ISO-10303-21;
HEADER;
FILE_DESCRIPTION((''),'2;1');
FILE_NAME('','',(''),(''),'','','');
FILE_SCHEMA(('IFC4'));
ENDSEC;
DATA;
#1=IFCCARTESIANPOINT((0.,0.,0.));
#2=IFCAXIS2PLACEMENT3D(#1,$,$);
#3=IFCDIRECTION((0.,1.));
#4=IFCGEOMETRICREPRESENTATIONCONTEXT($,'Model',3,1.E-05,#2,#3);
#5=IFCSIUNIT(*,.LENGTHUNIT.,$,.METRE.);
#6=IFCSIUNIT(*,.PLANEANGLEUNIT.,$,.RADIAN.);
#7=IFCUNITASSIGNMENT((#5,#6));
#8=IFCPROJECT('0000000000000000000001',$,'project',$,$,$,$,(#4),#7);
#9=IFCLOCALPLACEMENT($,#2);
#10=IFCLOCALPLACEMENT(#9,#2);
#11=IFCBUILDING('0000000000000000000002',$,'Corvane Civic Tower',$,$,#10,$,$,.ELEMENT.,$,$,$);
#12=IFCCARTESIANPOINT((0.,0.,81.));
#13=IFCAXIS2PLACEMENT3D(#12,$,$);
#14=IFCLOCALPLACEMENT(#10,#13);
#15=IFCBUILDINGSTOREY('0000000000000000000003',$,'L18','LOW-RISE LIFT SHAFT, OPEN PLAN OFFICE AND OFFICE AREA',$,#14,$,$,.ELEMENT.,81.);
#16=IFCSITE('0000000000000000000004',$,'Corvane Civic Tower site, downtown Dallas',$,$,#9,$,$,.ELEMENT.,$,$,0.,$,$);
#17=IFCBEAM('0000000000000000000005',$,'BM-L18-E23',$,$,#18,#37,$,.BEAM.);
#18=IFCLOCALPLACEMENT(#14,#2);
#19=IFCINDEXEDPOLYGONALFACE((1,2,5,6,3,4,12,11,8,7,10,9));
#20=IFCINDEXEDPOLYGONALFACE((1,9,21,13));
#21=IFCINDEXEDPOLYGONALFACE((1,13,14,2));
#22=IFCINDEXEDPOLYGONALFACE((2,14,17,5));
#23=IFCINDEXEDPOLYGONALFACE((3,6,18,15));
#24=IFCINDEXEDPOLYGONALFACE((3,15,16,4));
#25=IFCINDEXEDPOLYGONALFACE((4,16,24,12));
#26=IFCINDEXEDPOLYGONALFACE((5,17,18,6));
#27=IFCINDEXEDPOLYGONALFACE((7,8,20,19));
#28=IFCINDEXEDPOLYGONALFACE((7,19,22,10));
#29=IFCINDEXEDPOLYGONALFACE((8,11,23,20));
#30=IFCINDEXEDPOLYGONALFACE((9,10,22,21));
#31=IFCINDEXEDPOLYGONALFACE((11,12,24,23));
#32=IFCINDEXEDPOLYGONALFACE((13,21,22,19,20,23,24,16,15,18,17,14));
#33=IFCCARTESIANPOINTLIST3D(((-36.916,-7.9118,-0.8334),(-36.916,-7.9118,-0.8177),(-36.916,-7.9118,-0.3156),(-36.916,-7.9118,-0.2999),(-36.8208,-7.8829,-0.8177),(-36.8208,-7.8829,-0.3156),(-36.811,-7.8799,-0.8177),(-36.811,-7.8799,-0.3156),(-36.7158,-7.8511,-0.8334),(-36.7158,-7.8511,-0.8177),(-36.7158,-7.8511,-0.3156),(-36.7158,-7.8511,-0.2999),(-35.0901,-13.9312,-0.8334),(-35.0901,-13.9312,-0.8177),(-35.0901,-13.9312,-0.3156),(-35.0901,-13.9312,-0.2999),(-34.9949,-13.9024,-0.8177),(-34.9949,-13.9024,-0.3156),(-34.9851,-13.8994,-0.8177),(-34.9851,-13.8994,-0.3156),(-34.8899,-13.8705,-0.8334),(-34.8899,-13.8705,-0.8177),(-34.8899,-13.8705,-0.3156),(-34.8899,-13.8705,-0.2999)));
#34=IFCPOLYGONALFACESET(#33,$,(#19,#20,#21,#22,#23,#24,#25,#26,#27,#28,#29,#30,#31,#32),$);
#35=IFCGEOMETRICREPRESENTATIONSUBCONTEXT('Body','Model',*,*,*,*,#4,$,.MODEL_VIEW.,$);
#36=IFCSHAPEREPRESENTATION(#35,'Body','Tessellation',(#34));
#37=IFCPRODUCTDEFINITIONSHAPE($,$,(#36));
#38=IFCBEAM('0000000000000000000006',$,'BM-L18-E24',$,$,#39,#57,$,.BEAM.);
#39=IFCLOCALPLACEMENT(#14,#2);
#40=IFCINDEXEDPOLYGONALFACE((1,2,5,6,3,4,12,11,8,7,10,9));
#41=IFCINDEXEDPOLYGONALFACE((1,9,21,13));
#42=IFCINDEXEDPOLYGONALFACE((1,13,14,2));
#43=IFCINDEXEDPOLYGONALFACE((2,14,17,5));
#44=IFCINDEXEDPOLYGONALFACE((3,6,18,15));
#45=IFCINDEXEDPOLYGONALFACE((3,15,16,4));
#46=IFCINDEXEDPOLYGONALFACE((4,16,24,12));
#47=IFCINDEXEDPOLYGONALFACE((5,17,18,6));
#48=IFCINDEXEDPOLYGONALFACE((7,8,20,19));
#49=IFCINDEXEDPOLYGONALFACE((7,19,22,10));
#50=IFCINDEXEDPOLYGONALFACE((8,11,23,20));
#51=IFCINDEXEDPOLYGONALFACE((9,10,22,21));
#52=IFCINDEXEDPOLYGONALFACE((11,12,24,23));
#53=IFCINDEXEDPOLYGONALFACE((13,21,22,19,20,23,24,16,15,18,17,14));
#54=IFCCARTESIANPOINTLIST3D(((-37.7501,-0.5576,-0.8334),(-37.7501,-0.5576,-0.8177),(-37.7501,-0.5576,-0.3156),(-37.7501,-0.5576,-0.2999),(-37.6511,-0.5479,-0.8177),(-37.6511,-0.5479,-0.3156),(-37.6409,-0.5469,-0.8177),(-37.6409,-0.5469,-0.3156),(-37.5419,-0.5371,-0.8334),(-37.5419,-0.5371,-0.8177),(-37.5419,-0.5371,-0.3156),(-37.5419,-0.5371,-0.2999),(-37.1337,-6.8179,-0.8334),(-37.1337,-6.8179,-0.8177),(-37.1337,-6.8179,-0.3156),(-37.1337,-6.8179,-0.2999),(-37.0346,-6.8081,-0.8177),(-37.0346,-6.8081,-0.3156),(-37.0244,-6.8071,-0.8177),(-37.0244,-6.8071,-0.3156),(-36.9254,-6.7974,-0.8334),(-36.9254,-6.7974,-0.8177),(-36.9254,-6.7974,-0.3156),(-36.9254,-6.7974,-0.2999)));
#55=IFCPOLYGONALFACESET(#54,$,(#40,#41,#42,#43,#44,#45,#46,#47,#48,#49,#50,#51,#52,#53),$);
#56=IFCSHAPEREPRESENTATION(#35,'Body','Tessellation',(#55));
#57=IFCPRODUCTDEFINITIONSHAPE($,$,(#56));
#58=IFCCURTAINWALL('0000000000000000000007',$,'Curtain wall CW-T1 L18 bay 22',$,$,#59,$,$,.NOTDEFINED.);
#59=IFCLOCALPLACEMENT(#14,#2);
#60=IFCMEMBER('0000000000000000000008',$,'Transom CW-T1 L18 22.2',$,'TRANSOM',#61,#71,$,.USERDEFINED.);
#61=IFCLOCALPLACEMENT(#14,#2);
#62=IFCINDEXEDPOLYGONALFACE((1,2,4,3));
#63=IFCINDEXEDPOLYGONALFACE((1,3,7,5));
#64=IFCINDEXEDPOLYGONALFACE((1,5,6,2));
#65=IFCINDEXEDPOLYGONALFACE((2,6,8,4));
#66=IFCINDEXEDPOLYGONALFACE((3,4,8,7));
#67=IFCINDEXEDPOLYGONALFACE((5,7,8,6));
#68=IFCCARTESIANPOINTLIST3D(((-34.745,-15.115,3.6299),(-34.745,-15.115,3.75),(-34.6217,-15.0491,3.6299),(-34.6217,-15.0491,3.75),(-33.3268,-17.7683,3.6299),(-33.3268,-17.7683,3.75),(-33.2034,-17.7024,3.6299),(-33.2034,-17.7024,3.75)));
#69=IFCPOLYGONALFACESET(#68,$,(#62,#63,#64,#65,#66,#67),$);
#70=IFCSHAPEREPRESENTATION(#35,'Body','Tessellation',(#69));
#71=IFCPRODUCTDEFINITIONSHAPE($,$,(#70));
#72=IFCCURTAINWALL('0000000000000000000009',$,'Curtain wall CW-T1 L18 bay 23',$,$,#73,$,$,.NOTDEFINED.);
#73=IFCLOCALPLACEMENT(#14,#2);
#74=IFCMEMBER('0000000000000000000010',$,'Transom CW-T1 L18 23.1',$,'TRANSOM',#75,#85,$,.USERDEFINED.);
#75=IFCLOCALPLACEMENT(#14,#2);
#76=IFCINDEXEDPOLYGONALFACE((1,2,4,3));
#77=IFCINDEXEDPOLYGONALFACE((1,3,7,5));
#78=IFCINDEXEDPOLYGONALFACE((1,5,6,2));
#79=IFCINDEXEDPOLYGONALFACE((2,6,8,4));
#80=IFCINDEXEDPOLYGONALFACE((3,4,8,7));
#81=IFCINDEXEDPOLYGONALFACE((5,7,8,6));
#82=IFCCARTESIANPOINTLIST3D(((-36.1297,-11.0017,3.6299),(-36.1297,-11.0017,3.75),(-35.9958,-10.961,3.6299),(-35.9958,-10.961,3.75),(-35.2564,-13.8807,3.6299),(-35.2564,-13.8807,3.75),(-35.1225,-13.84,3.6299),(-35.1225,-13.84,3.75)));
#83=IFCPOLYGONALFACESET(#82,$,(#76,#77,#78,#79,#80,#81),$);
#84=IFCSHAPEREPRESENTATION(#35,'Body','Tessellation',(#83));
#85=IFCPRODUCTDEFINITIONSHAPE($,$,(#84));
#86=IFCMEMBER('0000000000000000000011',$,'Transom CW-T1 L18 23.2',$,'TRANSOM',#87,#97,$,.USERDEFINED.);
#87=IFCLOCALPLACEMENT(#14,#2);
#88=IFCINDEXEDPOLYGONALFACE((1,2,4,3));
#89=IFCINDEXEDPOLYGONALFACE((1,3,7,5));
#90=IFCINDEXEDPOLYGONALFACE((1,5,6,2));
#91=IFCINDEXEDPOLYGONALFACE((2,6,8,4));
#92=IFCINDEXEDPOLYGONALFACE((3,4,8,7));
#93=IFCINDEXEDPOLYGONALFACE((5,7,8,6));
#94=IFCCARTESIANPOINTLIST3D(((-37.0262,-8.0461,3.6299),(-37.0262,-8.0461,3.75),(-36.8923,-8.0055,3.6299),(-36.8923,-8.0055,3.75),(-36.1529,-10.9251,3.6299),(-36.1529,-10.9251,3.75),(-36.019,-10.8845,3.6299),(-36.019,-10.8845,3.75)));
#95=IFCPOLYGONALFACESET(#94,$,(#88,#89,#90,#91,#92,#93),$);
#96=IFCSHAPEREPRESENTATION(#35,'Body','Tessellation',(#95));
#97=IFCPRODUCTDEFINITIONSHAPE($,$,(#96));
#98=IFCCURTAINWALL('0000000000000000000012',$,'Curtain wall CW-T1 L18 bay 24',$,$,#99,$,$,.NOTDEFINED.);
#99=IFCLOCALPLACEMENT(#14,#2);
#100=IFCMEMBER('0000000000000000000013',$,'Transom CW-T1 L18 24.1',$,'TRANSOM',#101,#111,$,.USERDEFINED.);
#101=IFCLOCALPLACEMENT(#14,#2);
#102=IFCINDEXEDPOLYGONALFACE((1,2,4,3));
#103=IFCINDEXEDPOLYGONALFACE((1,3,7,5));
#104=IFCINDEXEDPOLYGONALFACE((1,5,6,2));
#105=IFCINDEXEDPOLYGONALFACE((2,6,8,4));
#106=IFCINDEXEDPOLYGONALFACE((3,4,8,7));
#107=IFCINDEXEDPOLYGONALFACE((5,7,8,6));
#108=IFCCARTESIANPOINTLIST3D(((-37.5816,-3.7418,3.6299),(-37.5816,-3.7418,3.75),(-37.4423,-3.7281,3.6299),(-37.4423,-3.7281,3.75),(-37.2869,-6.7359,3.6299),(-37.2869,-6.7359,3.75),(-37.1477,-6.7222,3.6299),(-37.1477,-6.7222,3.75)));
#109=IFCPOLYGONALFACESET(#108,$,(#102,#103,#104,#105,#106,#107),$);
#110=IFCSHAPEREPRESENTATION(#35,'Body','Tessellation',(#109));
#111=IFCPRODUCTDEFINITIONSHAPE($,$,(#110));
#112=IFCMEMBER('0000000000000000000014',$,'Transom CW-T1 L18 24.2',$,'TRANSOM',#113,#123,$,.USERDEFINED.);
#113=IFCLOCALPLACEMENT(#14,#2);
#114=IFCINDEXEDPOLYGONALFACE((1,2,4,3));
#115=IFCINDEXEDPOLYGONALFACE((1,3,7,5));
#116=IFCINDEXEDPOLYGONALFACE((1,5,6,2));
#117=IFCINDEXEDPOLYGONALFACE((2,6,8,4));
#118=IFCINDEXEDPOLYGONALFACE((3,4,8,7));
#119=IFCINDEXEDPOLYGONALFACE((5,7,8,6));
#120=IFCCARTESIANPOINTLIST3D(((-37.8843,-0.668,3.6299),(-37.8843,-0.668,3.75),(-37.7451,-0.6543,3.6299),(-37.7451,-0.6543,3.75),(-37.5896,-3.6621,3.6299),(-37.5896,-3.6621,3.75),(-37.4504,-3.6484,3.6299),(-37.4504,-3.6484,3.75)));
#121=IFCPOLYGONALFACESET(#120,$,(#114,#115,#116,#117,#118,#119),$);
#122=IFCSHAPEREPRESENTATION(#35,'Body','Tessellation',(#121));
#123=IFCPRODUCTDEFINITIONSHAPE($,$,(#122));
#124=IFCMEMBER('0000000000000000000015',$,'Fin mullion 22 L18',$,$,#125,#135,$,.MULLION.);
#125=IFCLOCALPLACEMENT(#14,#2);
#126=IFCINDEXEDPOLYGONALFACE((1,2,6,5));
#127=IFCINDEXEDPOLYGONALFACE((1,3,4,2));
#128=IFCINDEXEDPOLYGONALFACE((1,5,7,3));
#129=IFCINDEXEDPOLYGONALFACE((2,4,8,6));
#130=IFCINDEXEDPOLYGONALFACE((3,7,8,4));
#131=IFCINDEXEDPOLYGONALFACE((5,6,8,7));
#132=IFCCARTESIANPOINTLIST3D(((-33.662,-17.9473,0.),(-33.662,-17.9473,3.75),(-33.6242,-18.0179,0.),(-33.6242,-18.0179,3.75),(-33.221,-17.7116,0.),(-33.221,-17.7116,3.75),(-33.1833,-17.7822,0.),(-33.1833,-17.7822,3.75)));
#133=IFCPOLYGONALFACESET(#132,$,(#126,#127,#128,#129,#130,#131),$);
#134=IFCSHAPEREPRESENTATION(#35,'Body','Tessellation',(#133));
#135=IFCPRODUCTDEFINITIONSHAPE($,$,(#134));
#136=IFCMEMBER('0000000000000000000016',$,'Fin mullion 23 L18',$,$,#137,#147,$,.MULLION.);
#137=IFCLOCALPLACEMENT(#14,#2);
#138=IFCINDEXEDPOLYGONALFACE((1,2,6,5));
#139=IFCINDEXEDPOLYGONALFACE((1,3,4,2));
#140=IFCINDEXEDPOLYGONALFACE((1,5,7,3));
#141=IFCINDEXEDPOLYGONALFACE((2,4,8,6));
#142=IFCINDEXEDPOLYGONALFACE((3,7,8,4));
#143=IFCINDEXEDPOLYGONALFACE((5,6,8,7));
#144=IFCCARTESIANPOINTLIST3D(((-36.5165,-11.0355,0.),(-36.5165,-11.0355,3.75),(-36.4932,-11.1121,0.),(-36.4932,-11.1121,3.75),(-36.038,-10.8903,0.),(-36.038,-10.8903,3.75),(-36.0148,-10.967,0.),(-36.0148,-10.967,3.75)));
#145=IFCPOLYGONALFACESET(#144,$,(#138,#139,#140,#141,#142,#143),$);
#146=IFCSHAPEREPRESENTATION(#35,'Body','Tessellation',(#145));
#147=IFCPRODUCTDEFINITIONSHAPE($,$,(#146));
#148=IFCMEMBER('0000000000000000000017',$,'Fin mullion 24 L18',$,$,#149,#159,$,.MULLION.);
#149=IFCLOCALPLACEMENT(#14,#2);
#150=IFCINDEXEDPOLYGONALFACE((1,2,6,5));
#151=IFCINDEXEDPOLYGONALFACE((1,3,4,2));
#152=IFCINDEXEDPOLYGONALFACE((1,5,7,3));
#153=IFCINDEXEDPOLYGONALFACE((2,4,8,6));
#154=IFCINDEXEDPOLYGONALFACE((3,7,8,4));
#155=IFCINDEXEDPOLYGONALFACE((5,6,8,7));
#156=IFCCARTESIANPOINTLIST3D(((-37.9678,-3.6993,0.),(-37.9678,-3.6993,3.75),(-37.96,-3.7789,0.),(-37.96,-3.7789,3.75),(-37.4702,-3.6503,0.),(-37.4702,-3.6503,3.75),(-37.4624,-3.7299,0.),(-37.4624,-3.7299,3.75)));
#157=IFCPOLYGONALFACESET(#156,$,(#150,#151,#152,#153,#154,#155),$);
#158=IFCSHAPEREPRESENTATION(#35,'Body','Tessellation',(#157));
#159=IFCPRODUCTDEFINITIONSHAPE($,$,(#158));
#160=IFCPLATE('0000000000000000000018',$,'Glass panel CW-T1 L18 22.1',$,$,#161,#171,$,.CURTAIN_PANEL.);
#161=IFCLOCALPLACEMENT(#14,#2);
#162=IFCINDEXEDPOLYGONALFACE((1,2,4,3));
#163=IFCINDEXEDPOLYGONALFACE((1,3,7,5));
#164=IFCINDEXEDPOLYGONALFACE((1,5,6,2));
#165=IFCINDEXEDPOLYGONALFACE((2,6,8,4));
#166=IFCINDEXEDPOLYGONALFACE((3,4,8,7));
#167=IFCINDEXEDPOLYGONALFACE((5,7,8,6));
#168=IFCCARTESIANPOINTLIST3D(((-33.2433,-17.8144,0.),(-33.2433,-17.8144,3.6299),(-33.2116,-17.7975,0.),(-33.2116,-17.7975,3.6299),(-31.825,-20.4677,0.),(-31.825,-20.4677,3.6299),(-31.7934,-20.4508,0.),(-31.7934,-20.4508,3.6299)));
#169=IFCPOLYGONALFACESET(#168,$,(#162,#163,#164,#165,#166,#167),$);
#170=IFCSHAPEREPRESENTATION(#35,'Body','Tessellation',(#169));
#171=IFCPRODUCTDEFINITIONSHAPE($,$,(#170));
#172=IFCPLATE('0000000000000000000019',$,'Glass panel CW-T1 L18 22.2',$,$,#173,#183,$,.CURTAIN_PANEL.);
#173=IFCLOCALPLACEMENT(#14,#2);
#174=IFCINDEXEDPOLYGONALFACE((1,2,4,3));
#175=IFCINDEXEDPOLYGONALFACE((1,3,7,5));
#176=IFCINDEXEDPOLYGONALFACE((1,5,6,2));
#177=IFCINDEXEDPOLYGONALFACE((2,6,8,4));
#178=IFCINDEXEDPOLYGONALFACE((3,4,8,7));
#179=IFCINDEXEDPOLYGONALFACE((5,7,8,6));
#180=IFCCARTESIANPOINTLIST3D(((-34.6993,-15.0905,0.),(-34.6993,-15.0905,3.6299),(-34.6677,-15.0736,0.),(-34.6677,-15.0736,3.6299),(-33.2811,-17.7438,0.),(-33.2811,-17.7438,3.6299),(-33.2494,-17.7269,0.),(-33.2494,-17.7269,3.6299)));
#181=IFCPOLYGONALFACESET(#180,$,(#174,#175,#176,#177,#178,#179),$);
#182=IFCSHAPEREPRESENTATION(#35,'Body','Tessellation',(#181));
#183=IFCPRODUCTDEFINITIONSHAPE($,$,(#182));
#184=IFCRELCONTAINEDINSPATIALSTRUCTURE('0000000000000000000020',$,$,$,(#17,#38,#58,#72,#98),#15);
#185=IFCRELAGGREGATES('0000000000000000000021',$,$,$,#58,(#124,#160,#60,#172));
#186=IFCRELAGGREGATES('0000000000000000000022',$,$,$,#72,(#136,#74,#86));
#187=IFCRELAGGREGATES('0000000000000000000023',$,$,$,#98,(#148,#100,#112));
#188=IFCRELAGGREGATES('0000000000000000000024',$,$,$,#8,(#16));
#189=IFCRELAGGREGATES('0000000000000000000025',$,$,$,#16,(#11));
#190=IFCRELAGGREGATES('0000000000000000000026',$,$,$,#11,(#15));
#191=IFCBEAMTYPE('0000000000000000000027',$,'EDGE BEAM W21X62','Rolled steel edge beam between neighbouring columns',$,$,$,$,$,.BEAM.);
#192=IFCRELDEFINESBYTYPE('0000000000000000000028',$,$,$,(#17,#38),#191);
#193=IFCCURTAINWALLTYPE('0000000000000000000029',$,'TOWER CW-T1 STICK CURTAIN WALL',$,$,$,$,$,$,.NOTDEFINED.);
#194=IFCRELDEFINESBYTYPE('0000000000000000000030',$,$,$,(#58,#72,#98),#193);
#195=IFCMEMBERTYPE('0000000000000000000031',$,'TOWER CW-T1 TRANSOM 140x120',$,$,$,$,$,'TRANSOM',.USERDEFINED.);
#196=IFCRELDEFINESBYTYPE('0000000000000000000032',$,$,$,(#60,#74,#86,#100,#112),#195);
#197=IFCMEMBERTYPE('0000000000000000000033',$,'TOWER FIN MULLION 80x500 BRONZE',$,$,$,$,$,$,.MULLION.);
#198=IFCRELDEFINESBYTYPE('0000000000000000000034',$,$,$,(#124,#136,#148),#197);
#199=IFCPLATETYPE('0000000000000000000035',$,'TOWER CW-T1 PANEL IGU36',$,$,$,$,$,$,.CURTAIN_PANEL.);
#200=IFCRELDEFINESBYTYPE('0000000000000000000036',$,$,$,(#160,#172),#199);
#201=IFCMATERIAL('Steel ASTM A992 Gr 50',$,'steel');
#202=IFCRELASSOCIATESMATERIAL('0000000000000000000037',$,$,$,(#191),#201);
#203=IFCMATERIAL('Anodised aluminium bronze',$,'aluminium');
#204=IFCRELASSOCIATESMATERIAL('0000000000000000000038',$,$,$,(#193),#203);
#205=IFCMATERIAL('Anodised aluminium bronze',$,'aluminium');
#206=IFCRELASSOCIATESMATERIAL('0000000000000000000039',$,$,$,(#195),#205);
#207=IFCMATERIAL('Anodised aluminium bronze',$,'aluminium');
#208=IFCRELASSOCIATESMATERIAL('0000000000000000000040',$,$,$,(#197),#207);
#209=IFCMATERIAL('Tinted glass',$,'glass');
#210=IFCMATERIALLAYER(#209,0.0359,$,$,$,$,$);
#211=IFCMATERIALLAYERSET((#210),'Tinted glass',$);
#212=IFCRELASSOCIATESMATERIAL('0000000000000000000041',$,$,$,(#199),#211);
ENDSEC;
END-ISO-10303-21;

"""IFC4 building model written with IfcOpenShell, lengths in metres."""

from ifc_helpers import new_model, si_unit, direction, frame, origin, origin_2d, place, context, subcontext, project, spatial, rectangle, i_section, extrude, material, layer, layer_set, material_profile, profile_set, type_object, element, aggregate, save


model = new_model("IFC4")

# Units and contexts
model_context = context("Model", 3, precision=1e-05, world=origin(), true_north=direction((0.0, 1.0)))
body_context = subcontext(model_context, "Body", "Model", "MODEL_VIEW")
ifc_project = project(units=[si_unit("LENGTHUNIT", "METRE"), si_unit("PLANEANGLEUNIT", "RADIAN")], contexts=[model_context])

# Site, building, storey
site_placement = place(None, origin())
site = spatial("IfcSite", under=ifc_project, at=site_placement, Name="Corvane Civic Tower site, downtown Dallas", CompositionType="ELEMENT", RefElevation=0.0)
building_placement = place(site_placement, origin())
building = spatial("IfcBuilding", under=site, at=building_placement, Name="Corvane Civic Tower", CompositionType="ELEMENT")
storey_placement = place(building_placement, frame((0.0, 0.0, 81.0)))
storey = spatial("IfcBuildingStorey", under=building, at=storey_placement, Name="L18", Description="LOW-RISE LIFT SHAFT, OPEN PLAN OFFICE AND OFFICE AREA", CompositionType="ELEMENT", Elevation=81.0)

# Beams
ifc_material_1 = material(Name="Steel ASTM A992 Gr 50", Category="steel")
ifc_material_profile_1 = material_profile(ifc_material_1, i_section(OverallWidth=0.2092, OverallDepth=0.5334, WebThickness=0.0103, FlangeThickness=0.0156, at=origin_2d()), Name="W21X62")
ifc_profile_set_1 = profile_set([ifc_material_profile_1], Name="Steel ASTM A992 Gr 50")
beam_type = type_object("IfcBeamType", Name="EDGE BEAM W21X62", Description="Rolled steel edge beam between neighbouring columns", PredefinedType="BEAM", material=ifc_profile_set_1)
beam_1_placement = place(storey_placement, frame((-34.99, -13.9009, -0.5667), z_axis=(-0.290273, 0.956944, 0.0), x_axis=(-0.956944, -0.290273, 0.0)))
element("IfcBeam", 1, at=beam_1_placement, inside=storey, type_object=beam_type, Name="BM-L18-E23", PredefinedType="BEAM", context=body_context, shape_type="SweptSolid", body=[
    extrude(i_section(OverallWidth=0.2092, OverallDepth=0.5334, WebThickness=0.0103, FlangeThickness=0.0156, at=origin_2d()), origin(), (0.0, 0.0, 1.0), 6.2903),
])
beam_2_placement = place(storey_placement, frame((-37.0295, -6.8076, -0.5667), z_axis=(-0.097997, 0.995187, 0.0), x_axis=(-0.995187, -0.097997, 0.0)))
element("IfcBeam", 2, at=beam_2_placement, inside=storey, type_object=beam_type, Name="BM-L18-E24", PredefinedType="BEAM", context=body_context, shape_type="SweptSolid", body=[
    extrude(i_section(OverallWidth=0.2092, OverallDepth=0.5334, WebThickness=0.0103, FlangeThickness=0.0156, at=origin_2d()), origin(), (0.0, 0.0, 1.0), 6.2905),
])

# Curtain wall, member
ifc_material_2 = material(Name="Anodised aluminium bronze", Category="aluminium")
curtain_wall_type = type_object("IfcCurtainWallType", Name="TOWER CW-T1 STICK CURTAIN WALL", PredefinedType="NOTDEFINED", material=ifc_material_2)
curtain_wall_1_placement = place(storey_placement, origin())
curtain_wall_1 = element("IfcCurtainWall", 3, at=curtain_wall_1_placement, inside=storey, type_object=curtain_wall_type, Name="Curtain wall CW-T1 L18 bay 22", PredefinedType="NOTDEFINED")
ifc_material_3 = material(Name="Anodised aluminium bronze", Category="aluminium")
ifc_material_profile_2 = material_profile(ifc_material_3, rectangle(XDim=0.1399, YDim=0.1201, at=origin_2d()), Name="TOWER CW-T1 TRANSOM 140x120")
ifc_profile_set_2 = profile_set([ifc_material_profile_2], Name="Anodised aluminium bronze")
member_type_1 = type_object("IfcMemberType", Name="TOWER CW-T1 TRANSOM 140x120", ElementType="TRANSOM", PredefinedType="USERDEFINED", material=ifc_profile_set_2)
member_1_placement = place(storey_placement, frame((-33.2651, -17.7354, 3.6899), z_axis=(-0.471393, 0.881924, 0.0), x_axis=(-0.881924, -0.471393, 0.0)))
member_1 = element("IfcMember", 4, at=member_1_placement, type_object=member_type_1, Name="Transom CW-T1 L18 22.2", ObjectType="TRANSOM", PredefinedType="USERDEFINED", context=body_context, shape_type="SweptSolid", body=[
    extrude(rectangle(XDim=0.1399, YDim=0.1201, at=origin_2d()), origin(), (0.0, 0.0, 1.0), 3.0085),
])

# Curtain walls, members
curtain_wall_2_placement = place(storey_placement, origin())
curtain_wall_2 = element("IfcCurtainWall", 5, at=curtain_wall_2_placement, inside=storey, type_object=curtain_wall_type, Name="Curtain wall CW-T1 L18 bay 23", PredefinedType="NOTDEFINED")
member_2_placement = place(storey_placement, frame((-35.1895, -13.8604, 3.6899), z_axis=(-0.29028, 0.956942, 0.0), x_axis=(-0.956942, -0.29028, 0.0)))
member_2 = element("IfcMember", 6, at=member_2_placement, type_object=member_type_1, Name="Transom CW-T1 L18 23.1", ObjectType="TRANSOM", PredefinedType="USERDEFINED", context=body_context, shape_type="SweptSolid", body=[
    extrude(rectangle(XDim=0.1399, YDim=0.1201, at=origin_2d()), origin(), (0.0, 0.0, 1.0), 3.0085),
])
member_3_placement = place(storey_placement, frame((-36.0859, -10.9048, 3.6899), z_axis=(-0.29028, 0.956942, 0.0), x_axis=(-0.956942, -0.29028, 0.0)))
member_3 = element("IfcMember", 7, at=member_3_placement, type_object=member_type_1, Name="Transom CW-T1 L18 23.2", ObjectType="TRANSOM", PredefinedType="USERDEFINED", context=body_context, shape_type="SweptSolid", body=[
    extrude(rectangle(XDim=0.1399, YDim=0.1201, at=origin_2d()), origin(), (0.0, 0.0, 1.0), 3.0085),
])
curtain_wall_3_placement = place(storey_placement, origin())
curtain_wall_3 = element("IfcCurtainWall", 8, at=curtain_wall_3_placement, inside=storey, type_object=curtain_wall_type, Name="Curtain wall CW-T1 L18 bay 24", PredefinedType="NOTDEFINED")
member_4_placement = place(storey_placement, frame((-37.2173, -6.729, 3.6899), z_axis=(-0.097945, 0.995192, 0.0), x_axis=(-0.995192, -0.097945, 0.0)))
member_4 = element("IfcMember", 9, at=member_4_placement, type_object=member_type_1, Name="Transom CW-T1 L18 24.1", ObjectType="TRANSOM", PredefinedType="USERDEFINED", context=body_context, shape_type="SweptSolid", body=[
    extrude(rectangle(XDim=0.1399, YDim=0.1201, at=origin_2d()), origin(), (0.0, 0.0, 1.0), 3.0085),
])
member_5_placement = place(storey_placement, frame((-37.52, -3.6553, 3.6899), z_axis=(-0.097945, 0.995192, 0.0), x_axis=(-0.995192, -0.097945, 0.0)))
member_5 = element("IfcMember", 10, at=member_5_placement, type_object=member_type_1, Name="Transom CW-T1 L18 24.2", ObjectType="TRANSOM", PredefinedType="USERDEFINED", context=body_context, shape_type="SweptSolid", body=[
    extrude(rectangle(XDim=0.1399, YDim=0.1201, at=origin_2d()), origin(), (0.0, 0.0, 1.0), 3.0085),
])

# Members
ifc_material_4 = material(Name="Anodised aluminium bronze", Category="aluminium")
ifc_material_profile_3 = material_profile(ifc_material_4, rectangle(XDim=0.0801, YDim=0.5, at=origin_2d()), Name="TOWER FIN MULLION 80x500 BRONZE")
ifc_profile_set_3 = profile_set([ifc_material_profile_3], Name="Anodised aluminium bronze")
member_type_2 = type_object("IfcMemberType", Name="TOWER FIN MULLION 80x500 BRONZE", PredefinedType="MULLION", material=ifc_profile_set_3)
member_6_placement = place(storey_placement, frame((-33.4226, -17.8647, 0.0), z_axis=(0.0, 0.0, 1.0), x_axis=(-0.471404, 0.881918, 0.0)))
member_6 = element("IfcMember", 11, at=member_6_placement, type_object=member_type_2, Name="Fin mullion 22 L18", PredefinedType="MULLION", context=body_context, shape_type="SweptSolid", body=[
    extrude(rectangle(XDim=0.0801, YDim=0.5, at=origin_2d()), origin(), (0.0, 0.0, 1.0), 3.75),
])
member_7_placement = place(storey_placement, frame((-36.2656, -11.0012, 0.0), z_axis=(0.0, 0.0, 1.0), x_axis=(-0.290278, 0.956942, 0.0)))
member_7 = element("IfcMember", 12, at=member_7_placement, type_object=member_type_2, Name="Fin mullion 23 L18", PredefinedType="MULLION", context=body_context, shape_type="SweptSolid", body=[
    extrude(rectangle(XDim=0.0801, YDim=0.5, at=origin_2d()), origin(), (0.0, 0.0, 1.0), 3.75),
])
member_8_placement = place(storey_placement, frame((-37.7151, -3.7146, 0.0), z_axis=(0.0, 0.0, 1.0), x_axis=(-0.098006, 0.995186, 0.0)))
member_8 = element("IfcMember", 13, at=member_8_placement, type_object=member_type_2, Name="Fin mullion 24 L18", PredefinedType="MULLION", context=body_context, shape_type="SweptSolid", body=[
    extrude(rectangle(XDim=0.0801, YDim=0.5, at=origin_2d()), origin(), (0.0, 0.0, 1.0), 3.75),
])

# Plates
ifc_material_5 = material(Name="Tinted glass", Category="glass")
ifc_layer_1 = layer(ifc_material_5, 0.0359)
ifc_layer_set_1 = layer_set([ifc_layer_1], Name="Tinted glass")
plate_type = type_object("IfcPlateType", Name="TOWER CW-T1 PANEL IGU36", PredefinedType="CURTAIN_PANEL", material=ifc_layer_set_1)
plate_1_placement = place(storey_placement, frame((-32.5183, -19.1326, 0.0), z_axis=(0.0, 0.0, 1.0), x_axis=(-0.471404, 0.881918, 0.0)))
plate_1 = element("IfcPlate", 14, at=plate_1_placement, type_object=plate_type, Name="Glass panel CW-T1 L18 22.1", PredefinedType="CURTAIN_PANEL", context=body_context, shape_type="SweptSolid", body=[
    extrude(rectangle(XDim=3.0085, YDim=0.0359, at=origin_2d()), origin(), (0.0, 0.0, 1.0), 3.6299),
])
plate_2_placement = place(storey_placement, frame((-33.9744, -16.4087, 0.0), z_axis=(0.0, 0.0, 1.0), x_axis=(-0.471404, 0.881918, 0.0)))
plate_2 = element("IfcPlate", 15, at=plate_2_placement, type_object=plate_type, Name="Glass panel CW-T1 L18 22.2", PredefinedType="CURTAIN_PANEL", context=body_context, shape_type="SweptSolid", body=[
    extrude(rectangle(XDim=3.0085, YDim=0.0359, at=origin_2d()), origin(), (0.0, 0.0, 1.0), 3.6299),
])
aggregate(curtain_wall_1, [member_6, plate_1, member_1, plate_2])
aggregate(curtain_wall_2, [member_7, member_2, member_3])
aggregate(curtain_wall_3, [member_8, member_4, member_5])

save(model, "model.ifc")
